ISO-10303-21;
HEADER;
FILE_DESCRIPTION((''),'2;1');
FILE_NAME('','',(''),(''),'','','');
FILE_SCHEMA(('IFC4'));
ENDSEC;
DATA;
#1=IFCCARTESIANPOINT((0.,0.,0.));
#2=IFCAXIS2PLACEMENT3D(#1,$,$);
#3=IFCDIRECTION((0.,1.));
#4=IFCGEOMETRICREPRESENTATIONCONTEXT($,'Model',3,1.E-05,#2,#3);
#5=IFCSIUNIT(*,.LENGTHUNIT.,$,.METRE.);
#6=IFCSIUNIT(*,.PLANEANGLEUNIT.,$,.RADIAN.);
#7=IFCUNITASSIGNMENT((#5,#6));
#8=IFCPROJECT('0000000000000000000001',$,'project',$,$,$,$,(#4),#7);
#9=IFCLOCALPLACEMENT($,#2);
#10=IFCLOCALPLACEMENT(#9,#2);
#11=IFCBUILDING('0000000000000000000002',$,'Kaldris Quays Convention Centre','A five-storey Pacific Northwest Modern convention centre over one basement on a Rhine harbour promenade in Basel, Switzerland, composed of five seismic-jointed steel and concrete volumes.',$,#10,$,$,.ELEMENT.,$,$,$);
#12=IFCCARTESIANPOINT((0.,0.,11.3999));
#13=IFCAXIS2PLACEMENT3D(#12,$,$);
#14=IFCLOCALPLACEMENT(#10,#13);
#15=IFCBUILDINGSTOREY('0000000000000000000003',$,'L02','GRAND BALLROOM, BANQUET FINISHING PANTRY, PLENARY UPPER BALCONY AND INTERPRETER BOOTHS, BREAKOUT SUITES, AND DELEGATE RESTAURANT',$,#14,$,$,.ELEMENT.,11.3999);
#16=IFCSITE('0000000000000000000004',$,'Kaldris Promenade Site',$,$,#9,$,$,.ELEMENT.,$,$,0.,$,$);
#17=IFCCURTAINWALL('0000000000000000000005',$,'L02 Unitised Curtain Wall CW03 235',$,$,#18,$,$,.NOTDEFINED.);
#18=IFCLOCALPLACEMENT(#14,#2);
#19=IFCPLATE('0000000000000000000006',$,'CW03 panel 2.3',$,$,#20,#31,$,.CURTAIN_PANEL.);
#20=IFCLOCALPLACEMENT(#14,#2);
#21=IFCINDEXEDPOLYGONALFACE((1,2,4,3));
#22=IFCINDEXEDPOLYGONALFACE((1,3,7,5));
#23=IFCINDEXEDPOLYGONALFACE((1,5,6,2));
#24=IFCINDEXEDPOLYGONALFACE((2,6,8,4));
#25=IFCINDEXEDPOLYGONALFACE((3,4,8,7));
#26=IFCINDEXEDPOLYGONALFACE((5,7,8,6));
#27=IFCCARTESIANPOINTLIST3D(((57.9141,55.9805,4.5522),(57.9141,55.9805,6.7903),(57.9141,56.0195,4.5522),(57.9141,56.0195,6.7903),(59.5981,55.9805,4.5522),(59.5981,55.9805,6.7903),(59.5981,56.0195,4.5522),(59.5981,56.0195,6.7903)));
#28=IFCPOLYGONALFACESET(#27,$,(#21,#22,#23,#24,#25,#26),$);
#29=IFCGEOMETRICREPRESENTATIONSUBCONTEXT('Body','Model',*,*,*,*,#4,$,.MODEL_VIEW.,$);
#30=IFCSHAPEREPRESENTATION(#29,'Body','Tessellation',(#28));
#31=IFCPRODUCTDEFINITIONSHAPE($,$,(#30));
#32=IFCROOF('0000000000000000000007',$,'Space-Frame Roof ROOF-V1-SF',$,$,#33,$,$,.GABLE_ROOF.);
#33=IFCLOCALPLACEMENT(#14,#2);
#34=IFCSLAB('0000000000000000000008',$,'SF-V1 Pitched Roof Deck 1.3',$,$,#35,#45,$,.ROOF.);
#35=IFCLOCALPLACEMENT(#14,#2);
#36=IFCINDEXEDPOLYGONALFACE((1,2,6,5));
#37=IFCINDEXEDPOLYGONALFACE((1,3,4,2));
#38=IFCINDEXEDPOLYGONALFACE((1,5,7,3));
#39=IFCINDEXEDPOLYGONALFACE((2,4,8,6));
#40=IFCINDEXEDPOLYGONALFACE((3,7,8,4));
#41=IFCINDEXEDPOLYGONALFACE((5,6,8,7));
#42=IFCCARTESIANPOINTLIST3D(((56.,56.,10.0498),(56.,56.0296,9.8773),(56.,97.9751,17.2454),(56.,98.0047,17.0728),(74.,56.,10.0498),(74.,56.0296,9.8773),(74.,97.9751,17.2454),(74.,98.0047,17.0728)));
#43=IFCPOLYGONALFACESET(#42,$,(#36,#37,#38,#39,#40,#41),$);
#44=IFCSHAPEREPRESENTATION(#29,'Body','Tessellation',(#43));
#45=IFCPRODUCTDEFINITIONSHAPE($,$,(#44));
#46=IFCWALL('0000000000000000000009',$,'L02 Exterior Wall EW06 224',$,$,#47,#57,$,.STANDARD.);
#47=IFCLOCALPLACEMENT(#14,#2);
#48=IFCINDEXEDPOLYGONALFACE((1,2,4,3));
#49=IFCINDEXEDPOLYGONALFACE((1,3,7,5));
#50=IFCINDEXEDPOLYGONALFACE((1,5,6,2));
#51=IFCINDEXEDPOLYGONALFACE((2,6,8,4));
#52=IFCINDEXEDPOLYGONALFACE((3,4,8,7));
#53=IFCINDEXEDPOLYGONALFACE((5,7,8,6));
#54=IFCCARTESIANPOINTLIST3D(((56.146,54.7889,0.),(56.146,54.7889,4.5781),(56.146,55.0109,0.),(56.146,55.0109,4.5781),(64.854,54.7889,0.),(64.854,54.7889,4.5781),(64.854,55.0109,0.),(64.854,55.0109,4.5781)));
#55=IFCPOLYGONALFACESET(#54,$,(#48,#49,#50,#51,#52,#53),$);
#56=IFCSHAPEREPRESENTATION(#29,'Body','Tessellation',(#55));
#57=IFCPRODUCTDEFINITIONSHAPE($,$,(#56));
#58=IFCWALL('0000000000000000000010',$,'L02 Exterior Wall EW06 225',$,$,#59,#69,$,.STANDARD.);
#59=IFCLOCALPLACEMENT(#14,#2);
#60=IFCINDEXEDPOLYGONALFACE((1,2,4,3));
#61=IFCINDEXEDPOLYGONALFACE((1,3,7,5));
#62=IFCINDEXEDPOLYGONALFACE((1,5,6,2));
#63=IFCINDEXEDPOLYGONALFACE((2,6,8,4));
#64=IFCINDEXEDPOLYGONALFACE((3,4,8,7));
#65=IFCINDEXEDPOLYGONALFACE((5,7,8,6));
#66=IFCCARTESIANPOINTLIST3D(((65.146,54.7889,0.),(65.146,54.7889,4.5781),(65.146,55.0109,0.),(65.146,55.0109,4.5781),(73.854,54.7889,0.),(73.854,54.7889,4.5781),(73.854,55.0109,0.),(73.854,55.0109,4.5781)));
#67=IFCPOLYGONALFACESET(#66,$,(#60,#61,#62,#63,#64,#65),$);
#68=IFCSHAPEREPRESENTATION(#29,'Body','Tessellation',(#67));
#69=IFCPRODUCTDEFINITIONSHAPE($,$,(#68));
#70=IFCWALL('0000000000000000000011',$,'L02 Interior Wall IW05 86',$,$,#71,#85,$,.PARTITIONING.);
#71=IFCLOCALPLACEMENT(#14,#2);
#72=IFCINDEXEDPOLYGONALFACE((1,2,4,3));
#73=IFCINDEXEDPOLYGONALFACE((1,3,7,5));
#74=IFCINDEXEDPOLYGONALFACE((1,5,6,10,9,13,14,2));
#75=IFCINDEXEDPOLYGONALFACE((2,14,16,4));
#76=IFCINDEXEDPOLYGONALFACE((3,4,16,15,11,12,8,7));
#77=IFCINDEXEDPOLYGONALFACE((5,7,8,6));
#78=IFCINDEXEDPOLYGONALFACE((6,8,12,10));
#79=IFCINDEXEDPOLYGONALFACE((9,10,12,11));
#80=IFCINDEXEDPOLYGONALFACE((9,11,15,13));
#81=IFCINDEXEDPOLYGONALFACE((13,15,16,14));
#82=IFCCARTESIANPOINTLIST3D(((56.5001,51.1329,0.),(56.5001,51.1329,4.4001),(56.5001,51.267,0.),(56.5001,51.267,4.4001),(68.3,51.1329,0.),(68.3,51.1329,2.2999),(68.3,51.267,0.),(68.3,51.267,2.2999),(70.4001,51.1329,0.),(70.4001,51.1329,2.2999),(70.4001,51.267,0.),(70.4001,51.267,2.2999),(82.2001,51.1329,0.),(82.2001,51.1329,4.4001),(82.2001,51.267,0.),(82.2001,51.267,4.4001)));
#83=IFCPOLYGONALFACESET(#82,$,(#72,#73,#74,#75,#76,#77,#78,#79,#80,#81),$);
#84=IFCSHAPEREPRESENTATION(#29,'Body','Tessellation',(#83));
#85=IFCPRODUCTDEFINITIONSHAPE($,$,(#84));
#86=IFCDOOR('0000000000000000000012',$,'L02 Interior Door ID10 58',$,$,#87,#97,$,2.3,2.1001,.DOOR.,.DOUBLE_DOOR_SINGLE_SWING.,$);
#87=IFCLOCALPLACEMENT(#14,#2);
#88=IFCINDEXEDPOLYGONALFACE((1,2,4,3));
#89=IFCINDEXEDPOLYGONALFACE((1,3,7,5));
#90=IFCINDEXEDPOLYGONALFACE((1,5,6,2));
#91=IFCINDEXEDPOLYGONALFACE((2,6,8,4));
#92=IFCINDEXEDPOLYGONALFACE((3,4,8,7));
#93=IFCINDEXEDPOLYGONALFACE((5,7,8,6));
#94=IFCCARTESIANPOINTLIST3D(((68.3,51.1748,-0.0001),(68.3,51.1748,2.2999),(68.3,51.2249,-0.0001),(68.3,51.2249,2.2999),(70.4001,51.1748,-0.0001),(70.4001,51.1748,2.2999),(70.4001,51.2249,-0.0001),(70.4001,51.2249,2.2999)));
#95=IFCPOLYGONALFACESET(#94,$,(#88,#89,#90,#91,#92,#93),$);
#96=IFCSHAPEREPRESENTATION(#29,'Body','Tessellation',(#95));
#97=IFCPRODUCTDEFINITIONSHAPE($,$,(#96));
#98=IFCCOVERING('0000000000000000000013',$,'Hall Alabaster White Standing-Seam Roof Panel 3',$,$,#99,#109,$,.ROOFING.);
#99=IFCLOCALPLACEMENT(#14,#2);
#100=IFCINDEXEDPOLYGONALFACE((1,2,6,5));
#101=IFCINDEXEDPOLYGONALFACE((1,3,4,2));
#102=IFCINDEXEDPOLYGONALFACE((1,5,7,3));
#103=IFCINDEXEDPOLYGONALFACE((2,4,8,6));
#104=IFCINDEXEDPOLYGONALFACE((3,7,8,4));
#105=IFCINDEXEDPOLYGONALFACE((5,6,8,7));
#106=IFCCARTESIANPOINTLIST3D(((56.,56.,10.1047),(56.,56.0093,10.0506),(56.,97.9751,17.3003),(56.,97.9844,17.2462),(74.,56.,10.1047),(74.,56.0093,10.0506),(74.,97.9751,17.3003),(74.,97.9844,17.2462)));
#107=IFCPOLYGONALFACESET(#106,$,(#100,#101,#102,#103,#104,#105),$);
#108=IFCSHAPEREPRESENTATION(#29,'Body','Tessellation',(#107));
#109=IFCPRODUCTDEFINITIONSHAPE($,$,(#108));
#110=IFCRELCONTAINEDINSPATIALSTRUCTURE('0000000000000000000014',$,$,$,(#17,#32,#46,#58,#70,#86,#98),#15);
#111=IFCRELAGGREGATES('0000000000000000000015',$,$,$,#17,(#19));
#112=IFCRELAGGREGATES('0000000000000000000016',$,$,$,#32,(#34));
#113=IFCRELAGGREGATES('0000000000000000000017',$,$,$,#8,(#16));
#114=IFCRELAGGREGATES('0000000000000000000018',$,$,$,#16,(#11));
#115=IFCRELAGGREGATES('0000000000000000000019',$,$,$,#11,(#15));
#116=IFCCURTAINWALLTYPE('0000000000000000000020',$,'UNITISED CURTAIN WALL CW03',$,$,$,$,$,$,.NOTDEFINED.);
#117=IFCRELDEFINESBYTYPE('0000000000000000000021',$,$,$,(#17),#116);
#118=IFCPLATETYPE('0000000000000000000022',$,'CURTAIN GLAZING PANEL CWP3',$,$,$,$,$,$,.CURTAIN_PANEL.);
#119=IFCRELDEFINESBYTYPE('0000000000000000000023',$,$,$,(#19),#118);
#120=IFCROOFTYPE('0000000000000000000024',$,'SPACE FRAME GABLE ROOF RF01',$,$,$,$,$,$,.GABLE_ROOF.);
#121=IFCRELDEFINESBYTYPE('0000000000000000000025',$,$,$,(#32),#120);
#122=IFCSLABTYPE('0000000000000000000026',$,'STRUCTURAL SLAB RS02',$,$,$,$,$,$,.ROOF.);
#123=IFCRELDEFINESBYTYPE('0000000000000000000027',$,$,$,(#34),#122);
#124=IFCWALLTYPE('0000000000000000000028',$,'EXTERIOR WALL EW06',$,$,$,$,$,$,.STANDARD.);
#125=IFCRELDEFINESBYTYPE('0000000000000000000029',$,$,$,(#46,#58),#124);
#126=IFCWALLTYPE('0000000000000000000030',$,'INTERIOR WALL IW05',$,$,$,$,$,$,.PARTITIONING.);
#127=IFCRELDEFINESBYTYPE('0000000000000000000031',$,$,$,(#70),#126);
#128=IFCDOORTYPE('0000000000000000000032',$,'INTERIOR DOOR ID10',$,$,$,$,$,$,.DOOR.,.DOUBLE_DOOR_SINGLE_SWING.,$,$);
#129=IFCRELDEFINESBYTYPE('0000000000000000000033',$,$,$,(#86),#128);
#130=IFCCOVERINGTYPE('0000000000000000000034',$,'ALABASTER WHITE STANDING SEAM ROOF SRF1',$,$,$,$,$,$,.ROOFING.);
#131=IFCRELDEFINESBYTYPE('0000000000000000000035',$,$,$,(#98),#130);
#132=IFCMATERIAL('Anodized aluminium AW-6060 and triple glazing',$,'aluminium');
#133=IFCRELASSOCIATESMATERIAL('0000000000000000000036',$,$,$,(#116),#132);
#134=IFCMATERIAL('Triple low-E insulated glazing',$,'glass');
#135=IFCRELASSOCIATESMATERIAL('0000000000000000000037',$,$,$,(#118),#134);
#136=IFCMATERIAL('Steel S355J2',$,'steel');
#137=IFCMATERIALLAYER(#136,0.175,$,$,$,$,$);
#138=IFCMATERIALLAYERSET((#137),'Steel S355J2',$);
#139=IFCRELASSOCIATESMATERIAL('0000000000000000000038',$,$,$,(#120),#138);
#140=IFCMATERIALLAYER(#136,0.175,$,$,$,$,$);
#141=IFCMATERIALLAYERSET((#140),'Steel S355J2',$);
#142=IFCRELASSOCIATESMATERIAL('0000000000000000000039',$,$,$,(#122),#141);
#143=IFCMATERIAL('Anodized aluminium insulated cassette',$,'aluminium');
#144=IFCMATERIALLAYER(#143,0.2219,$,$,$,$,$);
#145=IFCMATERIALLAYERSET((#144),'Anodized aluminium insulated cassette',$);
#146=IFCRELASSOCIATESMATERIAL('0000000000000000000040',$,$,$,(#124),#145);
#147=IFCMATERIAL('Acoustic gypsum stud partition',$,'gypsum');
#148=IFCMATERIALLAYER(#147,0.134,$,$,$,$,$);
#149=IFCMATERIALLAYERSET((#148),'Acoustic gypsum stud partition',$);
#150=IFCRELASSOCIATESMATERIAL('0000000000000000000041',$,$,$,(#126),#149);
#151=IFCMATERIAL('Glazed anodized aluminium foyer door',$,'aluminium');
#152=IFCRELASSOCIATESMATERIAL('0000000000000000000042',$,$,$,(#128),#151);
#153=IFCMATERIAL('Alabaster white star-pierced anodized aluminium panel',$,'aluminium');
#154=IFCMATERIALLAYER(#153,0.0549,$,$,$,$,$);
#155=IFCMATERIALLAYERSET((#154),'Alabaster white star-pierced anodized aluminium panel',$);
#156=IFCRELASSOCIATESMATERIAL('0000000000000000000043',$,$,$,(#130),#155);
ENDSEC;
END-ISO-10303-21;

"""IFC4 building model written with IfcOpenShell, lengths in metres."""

from ifc_helpers import new_model, si_unit, direction, frame, frame_2d, origin, origin_2d, place, context, subcontext, project, spatial, polyline, rectangle, outline, extrude, material, layer, layer_set, type_object, element, fill, aggregate, save


model = new_model("IFC4")

# Units and contexts
model_context = context("Model", 3, precision=1e-05, world=origin(), true_north=direction((0.0, 1.0)))
body_context = subcontext(model_context, "Body", "Model", "MODEL_VIEW")
ifc_project = project(units=[si_unit("LENGTHUNIT", "METRE"), si_unit("PLANEANGLEUNIT", "RADIAN")], contexts=[model_context])

# Site, building, storey
site_placement = place(None, origin())
site = spatial("IfcSite", under=ifc_project, at=site_placement, Name="Kaldris Promenade Site", CompositionType="ELEMENT", RefElevation=0.0)
building_placement = place(site_placement, origin())
building = spatial("IfcBuilding", under=site, at=building_placement, Name="Kaldris Quays Convention Centre", Description="A five-storey Pacific Northwest Modern convention centre over one basement on a Rhine harbour promenade in Basel, Switzerland, composed of five seismic-jointed steel and concrete volumes.", CompositionType="ELEMENT")
storey_placement = place(building_placement, frame((0.0, 0.0, 11.3999)))
storey = spatial("IfcBuildingStorey", under=building, at=storey_placement, Name="L02", Description="GRAND BALLROOM, BANQUET FINISHING PANTRY, PLENARY UPPER BALCONY AND INTERPRETER BOOTHS, BREAKOUT SUITES, AND DELEGATE RESTAURANT", CompositionType="ELEMENT", Elevation=11.3999)

# Shared definitions
ifc_material_1 = material(Name="Steel S355J2", Category="steel")

# Curtain wall
ifc_material_2 = material(Name="Anodized aluminium AW-6060 and triple glazing", Category="aluminium")
curtain_wall_type = type_object("IfcCurtainWallType", Name="UNITISED CURTAIN WALL CW03", PredefinedType="NOTDEFINED", material=ifc_material_2)
curtain_wall_placement = place(storey_placement, origin())
curtain_wall = element("IfcCurtainWall", 1, at=curtain_wall_placement, inside=storey, type_object=curtain_wall_type, Name="L02 Unitised Curtain Wall CW03 235", PredefinedType="NOTDEFINED")

# Plate
ifc_material_3 = material(Name="Triple low-E insulated glazing", Category="glass")
plate_type = type_object("IfcPlateType", Name="CURTAIN GLAZING PANEL CWP3", PredefinedType="CURTAIN_PANEL", material=ifc_material_3)
plate_1_placement = place(storey_placement, frame((58.7561, 56.0, 4.5522), z_axis=(0.0, 0.0, 1.0), x_axis=(1.0, 0.0, 0.0)))
plate_1 = element("IfcPlate", 2, at=plate_1_placement, type_object=plate_type, Name="CW03 panel 2.3", PredefinedType="CURTAIN_PANEL", context=body_context, shape_type="SweptSolid", body=[
    extrude(rectangle(XDim=1.6841, YDim=0.0391, at=origin_2d()), origin(), (0.0, 0.0, 1.0), 2.238),
])
aggregate(curtain_wall, [plate_1])

# Roof, slab
ifc_layer_1 = layer(ifc_material_1, 0.175)
ifc_layer_set_1 = layer_set([ifc_layer_1], Name="Steel S355J2")
roof_type = type_object("IfcRoofType", Name="SPACE FRAME GABLE ROOF RF01", PredefinedType="GABLE_ROOF", material=ifc_layer_set_1)
roof_placement = place(storey_placement, origin())
roof = element("IfcRoof", 3, at=roof_placement, inside=storey, type_object=roof_type, Name="Space-Frame Roof ROOF-V1-SF", PredefinedType="GABLE_ROOF")
ifc_layer_2 = layer(ifc_material_1, 0.175)
ifc_layer_set_2 = layer_set([ifc_layer_2], Name="Steel S355J2")
slab_type = type_object("IfcSlabType", Name="STRUCTURAL SLAB RS02", PredefinedType="ROOF", material=ifc_layer_set_2)
slab_placement = place(storey_placement, frame((56.0, 56.0, 10.0498), z_axis=(0.0, -0.16896, 0.985623), x_axis=(1.0, 0.0, 0.0)))
slab = element("IfcSlab", 4, at=slab_placement, type_object=slab_type, Name="SF-V1 Pitched Roof Deck 1.3", PredefinedType="ROOF", context=body_context, shape_type="SweptSolid", body=[
    extrude(outline(polyline([(0.0, 0.0), (18.0, 0.0), (18.0, 42.5874), (0.0, 42.5874), (0.0, 0.0)])), origin(), (0.0, 0.0, -1.0), 0.175),
])
aggregate(roof, [slab])

# Walls
ifc_material_4 = material(Name="Anodized aluminium insulated cassette", Category="aluminium")
ifc_layer_3 = layer(ifc_material_4, 0.2219)
ifc_layer_set_3 = layer_set([ifc_layer_3], Name="Anodized aluminium insulated cassette")
wall_type_1 = type_object("IfcWallType", Name="EXTERIOR WALL EW06", PredefinedType="STANDARD", material=ifc_layer_set_3)
for number, where, z_axis, x_axis, name in (
    (5, (56.146, 54.8999, 0.0), (0.0, 0.0, 1.0), (1.0, 0.0, 0.0), "L02 Exterior Wall EW06 224"),
    (6, (65.146, 54.8999, 0.0), (0.0, 0.0, 1.0), (1.0, 0.0, 0.0), "L02 Exterior Wall EW06 225"),
):
    element("IfcWall", number, at=place(storey_placement, frame(where, z_axis=z_axis, x_axis=x_axis)), inside=storey, type_object=wall_type_1, Name=name, PredefinedType="STANDARD", context=body_context, shape_type="SweptSolid", body=[
        extrude(rectangle(XDim=8.708, YDim=0.2219, at=frame_2d((4.354, 0.0))), origin(), (0.0, 0.0, 1.0), 4.5781),
    ])

# Wall, opening, door
ifc_material_5 = material(Name="Acoustic gypsum stud partition", Category="gypsum")
ifc_layer_4 = layer(ifc_material_5, 0.134)
ifc_layer_set_4 = layer_set([ifc_layer_4], Name="Acoustic gypsum stud partition")
wall_type_2 = type_object("IfcWallType", Name="INTERIOR WALL IW05", PredefinedType="PARTITIONING", material=ifc_layer_set_4)
wall_placement = place(storey_placement, frame((56.5, 51.2, 0.0), z_axis=(0.0, 0.0, 1.0), x_axis=(1.0, 0.0, 0.0)))
wall = element("IfcWall", 7, at=wall_placement, inside=storey, type_object=wall_type_2, Name="L02 Interior Wall IW05 86", PredefinedType="PARTITIONING", context=body_context, shape_type="SweptSolid", body=[
    extrude(rectangle(XDim=25.7, YDim=0.134, at=frame_2d((12.8501, 0.0))), origin(), (0.0, 0.0, 1.0), 4.4001),
])
opening_placement = place(wall_placement, frame((11.8, 0.0, 0.0)))
opening = element("IfcOpeningElement", 8, at=opening_placement, cuts=wall, PredefinedType="OPENING", context=body_context, shape_type="SweptSolid", body=[
    extrude(rectangle(XDim=2.1001, YDim=2.3, at=frame_2d((1.05, 1.1499))), frame((0.0, 0.0771, 0.0), z_axis=(0.0, -1.0, 0.0), x_axis=(1.0, 0.0, 0.0)), (0.0, 0.0, 1.0), 0.1541),
])
ifc_material_6 = material(Name="Glazed anodized aluminium foyer door", Category="aluminium")
door_type = type_object("IfcDoorType", Name="INTERIOR DOOR ID10", OperationType="DOUBLE_DOOR_SINGLE_SWING", PredefinedType="DOOR", material=ifc_material_6)
door_placement = place(opening_placement, origin())
door = element("IfcDoor", 9, at=door_placement, inside=storey, type_object=door_type, Name="L02 Interior Door ID10 58", OperationType="DOUBLE_DOOR_SINGLE_SWING", OverallHeight=2.3, OverallWidth=2.1001, PredefinedType="DOOR", context=body_context, shape_type="SweptSolid", body=[
    extrude(rectangle(XDim=2.1001, YDim=2.3, at=frame_2d((1.05, 1.1499))), frame((0.0, 0.0249, 0.0), z_axis=(0.0, -1.0, 0.0), x_axis=(1.0, 0.0, 0.0)), (0.0, 0.0, 1.0), 0.05),
])
fill(opening, door)

# Covering
ifc_material_7 = material(Name="Alabaster white star-pierced anodized aluminium panel", Category="aluminium")
ifc_layer_5 = layer(ifc_material_7, 0.0549)
ifc_layer_set_5 = layer_set([ifc_layer_5], Name="Alabaster white star-pierced anodized aluminium panel")
covering_type = type_object("IfcCoveringType", Name="ALABASTER WHITE STANDING SEAM ROOF SRF1", PredefinedType="ROOFING", material=ifc_layer_set_5)
covering_placement = place(storey_placement, frame((56.0, 56.0, 10.1047), z_axis=(0.0, -0.16896, 0.985623), x_axis=(1.0, 0.0, 0.0)))
element("IfcCovering", 10, at=covering_placement, inside=storey, type_object=covering_type, Name="Hall Alabaster White Standing-Seam Roof Panel 3", PredefinedType="ROOFING", context=body_context, shape_type="SweptSolid", body=[
    extrude(outline(polyline([(0.0, 0.0), (18.0, 0.0), (18.0, 42.5874), (0.0, 42.5874), (0.0, 0.0)])), origin(), (0.0, 0.0, -1.0), 0.0549),
])

save(model, "model.ifc")
